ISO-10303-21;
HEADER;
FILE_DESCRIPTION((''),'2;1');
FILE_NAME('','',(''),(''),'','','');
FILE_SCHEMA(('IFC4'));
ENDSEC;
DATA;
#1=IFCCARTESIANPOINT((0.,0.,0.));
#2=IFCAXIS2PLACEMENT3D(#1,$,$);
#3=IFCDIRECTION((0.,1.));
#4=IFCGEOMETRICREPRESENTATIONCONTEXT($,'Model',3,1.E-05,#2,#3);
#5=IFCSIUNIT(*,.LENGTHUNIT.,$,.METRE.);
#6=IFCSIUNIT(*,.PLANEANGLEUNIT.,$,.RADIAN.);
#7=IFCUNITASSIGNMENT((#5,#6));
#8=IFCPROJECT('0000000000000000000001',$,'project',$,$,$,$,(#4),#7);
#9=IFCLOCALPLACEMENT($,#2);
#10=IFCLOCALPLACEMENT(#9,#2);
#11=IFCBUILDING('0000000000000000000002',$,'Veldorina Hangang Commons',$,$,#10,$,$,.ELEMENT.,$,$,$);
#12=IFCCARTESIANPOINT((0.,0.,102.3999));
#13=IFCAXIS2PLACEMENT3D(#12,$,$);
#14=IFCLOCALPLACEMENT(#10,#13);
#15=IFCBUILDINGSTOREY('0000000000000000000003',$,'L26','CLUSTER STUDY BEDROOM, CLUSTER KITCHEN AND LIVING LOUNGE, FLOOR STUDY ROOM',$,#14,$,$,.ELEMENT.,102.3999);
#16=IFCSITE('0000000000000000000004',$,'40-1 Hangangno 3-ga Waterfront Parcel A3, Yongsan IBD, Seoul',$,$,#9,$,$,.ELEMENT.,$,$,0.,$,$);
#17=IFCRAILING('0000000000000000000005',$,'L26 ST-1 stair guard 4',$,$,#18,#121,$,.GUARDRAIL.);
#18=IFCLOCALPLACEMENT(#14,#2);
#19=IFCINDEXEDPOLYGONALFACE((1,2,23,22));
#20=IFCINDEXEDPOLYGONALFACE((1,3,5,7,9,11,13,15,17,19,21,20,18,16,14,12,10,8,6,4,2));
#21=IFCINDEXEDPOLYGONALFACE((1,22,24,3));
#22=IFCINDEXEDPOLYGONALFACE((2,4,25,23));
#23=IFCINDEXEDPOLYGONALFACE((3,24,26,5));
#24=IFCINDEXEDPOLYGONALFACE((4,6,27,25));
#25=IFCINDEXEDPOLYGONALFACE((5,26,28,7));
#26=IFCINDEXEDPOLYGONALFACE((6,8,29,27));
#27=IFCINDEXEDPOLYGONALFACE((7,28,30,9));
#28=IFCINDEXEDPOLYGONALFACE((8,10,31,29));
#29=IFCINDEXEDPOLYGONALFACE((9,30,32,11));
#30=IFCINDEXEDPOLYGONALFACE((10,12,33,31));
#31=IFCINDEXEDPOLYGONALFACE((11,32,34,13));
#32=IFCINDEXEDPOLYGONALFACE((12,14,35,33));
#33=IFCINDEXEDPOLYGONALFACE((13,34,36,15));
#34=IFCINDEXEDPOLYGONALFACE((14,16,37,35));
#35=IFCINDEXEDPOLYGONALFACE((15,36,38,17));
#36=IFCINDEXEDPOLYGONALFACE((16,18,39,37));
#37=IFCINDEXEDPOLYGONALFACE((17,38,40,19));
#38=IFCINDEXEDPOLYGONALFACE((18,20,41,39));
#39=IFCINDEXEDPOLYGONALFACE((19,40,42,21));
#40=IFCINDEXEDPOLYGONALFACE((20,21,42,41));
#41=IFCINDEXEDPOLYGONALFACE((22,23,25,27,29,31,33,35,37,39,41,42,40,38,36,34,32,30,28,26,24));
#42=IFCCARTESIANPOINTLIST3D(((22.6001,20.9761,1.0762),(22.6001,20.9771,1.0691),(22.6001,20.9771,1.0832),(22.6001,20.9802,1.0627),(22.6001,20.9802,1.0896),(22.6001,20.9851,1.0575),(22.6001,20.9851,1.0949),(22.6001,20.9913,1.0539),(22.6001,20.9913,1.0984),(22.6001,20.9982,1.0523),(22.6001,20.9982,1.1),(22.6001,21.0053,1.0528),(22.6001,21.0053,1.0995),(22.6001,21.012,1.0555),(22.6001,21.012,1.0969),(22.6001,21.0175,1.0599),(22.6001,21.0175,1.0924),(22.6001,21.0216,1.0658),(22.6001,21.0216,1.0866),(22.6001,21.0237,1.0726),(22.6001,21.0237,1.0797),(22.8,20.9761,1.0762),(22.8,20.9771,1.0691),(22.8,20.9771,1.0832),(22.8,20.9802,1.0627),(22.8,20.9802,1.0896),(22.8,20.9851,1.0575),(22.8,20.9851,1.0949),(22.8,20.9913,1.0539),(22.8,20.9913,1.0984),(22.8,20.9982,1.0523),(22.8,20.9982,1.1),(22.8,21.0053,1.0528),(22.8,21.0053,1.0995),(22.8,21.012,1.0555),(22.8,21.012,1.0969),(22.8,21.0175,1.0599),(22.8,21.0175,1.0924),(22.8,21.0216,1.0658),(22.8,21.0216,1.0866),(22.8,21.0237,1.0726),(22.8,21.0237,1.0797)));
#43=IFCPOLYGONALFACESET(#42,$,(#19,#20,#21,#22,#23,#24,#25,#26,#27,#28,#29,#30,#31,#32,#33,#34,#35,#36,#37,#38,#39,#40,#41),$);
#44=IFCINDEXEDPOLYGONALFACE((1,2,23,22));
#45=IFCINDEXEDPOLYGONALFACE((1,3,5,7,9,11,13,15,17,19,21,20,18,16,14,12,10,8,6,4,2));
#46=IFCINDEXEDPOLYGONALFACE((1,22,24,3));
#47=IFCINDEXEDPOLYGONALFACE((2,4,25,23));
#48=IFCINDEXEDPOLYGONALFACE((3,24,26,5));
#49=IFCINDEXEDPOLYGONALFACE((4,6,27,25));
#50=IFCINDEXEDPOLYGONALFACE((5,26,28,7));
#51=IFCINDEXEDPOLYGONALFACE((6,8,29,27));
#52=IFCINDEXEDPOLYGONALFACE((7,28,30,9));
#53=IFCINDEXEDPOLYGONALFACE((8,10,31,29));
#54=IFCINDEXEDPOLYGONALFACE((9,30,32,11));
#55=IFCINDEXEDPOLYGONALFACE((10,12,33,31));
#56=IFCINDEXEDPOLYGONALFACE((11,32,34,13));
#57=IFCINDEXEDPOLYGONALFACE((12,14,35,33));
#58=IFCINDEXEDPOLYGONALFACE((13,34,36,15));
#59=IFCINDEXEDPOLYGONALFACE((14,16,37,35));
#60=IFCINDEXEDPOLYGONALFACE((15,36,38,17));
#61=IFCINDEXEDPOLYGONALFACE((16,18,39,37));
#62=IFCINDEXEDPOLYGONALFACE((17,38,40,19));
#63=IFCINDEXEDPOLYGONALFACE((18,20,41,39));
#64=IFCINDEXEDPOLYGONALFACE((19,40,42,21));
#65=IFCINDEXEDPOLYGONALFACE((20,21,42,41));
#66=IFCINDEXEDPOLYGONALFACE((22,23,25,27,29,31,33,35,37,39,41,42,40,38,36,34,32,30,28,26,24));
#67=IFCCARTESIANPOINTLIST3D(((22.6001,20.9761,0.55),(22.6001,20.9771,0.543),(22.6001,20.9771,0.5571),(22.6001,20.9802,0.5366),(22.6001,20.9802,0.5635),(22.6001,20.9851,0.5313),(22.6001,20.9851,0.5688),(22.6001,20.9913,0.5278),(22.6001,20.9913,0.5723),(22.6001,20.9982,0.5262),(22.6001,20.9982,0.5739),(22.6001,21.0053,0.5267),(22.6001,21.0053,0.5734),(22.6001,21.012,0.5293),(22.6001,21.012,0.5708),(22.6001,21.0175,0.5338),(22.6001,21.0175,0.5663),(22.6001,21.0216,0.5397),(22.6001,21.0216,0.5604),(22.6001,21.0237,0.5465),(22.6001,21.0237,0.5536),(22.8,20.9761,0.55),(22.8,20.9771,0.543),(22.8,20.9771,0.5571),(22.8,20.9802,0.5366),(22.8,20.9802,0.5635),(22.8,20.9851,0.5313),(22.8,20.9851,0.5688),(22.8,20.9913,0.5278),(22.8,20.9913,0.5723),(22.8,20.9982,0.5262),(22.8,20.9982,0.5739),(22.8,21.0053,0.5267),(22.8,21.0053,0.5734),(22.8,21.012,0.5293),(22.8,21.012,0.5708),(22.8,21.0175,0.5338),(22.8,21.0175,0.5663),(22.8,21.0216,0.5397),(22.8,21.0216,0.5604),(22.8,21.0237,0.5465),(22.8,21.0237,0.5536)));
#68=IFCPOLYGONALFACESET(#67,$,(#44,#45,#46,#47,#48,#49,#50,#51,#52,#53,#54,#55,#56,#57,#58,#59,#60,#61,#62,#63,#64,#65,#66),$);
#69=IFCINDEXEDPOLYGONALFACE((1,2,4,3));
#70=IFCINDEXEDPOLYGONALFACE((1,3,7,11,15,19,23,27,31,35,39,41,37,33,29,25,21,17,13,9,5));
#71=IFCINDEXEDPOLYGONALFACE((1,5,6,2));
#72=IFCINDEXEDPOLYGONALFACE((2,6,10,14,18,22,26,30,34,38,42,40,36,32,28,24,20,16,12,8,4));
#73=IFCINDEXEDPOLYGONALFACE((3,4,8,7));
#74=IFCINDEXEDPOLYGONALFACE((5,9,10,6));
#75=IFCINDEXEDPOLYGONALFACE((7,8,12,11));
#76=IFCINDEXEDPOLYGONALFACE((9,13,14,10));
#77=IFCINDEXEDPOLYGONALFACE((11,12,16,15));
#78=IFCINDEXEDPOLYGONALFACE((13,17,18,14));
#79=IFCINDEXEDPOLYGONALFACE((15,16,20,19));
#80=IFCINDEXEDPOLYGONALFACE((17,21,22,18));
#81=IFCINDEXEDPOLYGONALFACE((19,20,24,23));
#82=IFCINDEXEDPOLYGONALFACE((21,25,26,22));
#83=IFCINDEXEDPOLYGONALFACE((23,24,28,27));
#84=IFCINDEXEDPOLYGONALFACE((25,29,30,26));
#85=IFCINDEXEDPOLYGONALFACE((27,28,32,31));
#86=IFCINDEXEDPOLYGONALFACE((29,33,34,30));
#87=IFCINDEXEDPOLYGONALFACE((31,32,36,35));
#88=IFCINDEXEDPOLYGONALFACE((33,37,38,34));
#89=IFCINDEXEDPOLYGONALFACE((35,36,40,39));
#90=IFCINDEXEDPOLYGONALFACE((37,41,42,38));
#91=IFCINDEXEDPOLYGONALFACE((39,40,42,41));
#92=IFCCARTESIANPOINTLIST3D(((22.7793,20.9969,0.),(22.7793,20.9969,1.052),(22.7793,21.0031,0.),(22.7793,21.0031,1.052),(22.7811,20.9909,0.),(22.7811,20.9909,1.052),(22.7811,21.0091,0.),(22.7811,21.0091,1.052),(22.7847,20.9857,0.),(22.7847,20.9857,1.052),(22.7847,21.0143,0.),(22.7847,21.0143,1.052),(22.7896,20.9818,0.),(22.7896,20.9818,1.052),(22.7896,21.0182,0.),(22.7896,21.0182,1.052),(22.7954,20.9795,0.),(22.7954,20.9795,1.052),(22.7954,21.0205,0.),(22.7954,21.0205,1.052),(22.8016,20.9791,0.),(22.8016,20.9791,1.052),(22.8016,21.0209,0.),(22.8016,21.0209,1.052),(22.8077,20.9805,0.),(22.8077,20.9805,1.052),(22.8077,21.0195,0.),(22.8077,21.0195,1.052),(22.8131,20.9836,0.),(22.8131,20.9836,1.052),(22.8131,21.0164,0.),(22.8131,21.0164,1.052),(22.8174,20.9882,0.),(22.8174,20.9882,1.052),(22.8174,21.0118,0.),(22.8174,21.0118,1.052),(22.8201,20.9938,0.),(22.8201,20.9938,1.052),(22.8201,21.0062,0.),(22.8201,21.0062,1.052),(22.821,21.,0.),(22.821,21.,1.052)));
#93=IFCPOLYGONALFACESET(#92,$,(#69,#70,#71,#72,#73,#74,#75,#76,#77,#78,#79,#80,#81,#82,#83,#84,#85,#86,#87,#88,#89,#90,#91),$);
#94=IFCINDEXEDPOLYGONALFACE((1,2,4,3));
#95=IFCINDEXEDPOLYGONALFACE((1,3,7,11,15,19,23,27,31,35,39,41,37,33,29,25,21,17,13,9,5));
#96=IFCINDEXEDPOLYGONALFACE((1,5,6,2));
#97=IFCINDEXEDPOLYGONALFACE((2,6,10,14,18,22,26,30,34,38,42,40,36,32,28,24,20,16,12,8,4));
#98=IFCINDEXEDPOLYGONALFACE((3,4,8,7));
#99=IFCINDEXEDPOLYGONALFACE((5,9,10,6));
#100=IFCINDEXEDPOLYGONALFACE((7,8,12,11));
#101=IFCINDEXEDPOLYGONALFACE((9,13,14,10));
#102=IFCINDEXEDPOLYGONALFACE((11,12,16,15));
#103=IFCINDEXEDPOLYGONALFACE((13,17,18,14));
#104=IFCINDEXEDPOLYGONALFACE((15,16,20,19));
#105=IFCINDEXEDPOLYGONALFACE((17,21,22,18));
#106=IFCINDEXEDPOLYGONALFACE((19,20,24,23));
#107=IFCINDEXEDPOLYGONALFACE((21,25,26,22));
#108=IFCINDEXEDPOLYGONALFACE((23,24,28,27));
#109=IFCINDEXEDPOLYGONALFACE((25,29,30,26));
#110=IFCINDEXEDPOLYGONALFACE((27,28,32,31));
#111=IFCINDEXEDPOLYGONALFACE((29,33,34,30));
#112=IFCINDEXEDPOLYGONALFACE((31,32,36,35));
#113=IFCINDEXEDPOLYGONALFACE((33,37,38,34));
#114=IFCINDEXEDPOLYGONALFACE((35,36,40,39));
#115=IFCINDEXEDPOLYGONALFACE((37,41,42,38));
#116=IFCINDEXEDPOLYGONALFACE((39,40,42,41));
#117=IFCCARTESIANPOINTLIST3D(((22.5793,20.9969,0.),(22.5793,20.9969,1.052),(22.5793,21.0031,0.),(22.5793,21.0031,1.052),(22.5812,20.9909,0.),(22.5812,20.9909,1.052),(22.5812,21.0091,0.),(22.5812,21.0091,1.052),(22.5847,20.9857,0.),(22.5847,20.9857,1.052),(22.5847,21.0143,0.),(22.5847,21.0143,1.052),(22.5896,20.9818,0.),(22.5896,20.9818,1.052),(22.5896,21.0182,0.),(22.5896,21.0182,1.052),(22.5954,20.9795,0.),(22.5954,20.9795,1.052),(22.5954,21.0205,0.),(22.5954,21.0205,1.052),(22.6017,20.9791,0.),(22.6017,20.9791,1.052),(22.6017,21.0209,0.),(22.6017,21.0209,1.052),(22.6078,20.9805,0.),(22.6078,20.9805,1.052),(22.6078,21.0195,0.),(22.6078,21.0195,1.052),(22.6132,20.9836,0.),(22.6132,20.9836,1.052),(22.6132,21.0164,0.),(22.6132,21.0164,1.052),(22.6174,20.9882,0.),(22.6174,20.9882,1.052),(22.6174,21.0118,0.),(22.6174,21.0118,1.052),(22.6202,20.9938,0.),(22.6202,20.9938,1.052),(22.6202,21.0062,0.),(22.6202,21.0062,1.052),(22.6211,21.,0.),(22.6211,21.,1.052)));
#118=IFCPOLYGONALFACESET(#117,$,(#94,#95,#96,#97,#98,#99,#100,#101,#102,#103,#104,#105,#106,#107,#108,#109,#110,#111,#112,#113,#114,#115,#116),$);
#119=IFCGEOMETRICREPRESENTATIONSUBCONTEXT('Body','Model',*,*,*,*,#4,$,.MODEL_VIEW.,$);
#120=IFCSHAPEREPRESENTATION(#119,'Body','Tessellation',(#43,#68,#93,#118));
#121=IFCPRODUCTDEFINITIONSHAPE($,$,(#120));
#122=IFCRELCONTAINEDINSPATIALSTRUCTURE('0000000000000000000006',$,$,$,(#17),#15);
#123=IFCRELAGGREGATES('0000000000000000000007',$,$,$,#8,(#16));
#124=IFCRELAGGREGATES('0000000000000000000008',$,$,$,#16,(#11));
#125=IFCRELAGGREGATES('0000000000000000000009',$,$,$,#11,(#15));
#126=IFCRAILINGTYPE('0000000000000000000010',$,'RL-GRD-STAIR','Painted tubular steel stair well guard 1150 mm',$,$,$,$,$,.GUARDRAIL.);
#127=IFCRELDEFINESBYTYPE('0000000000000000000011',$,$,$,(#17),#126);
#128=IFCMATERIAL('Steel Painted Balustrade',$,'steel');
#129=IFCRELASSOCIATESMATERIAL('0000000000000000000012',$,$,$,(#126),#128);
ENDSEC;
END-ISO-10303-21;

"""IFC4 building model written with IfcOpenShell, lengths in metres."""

from ifc_helpers import new_model, si_unit, direction, frame, origin, origin_2d, place, context, subcontext, project, spatial, circle, extrude, material, type_object, element, save


model = new_model("IFC4")

# Units and contexts
model_context = context("Model", 3, precision=1e-05, world=origin(), true_north=direction((0.0, 1.0)))
body_context = subcontext(model_context, "Body", "Model", "MODEL_VIEW")
ifc_project = project(units=[si_unit("LENGTHUNIT", "METRE"), si_unit("PLANEANGLEUNIT", "RADIAN")], contexts=[model_context])

# Site, building, storey
site_placement = place(None, origin())
site = spatial("IfcSite", under=ifc_project, at=site_placement, Name="40-1 Hangangno 3-ga Waterfront Parcel A3, Yongsan IBD, Seoul", CompositionType="ELEMENT", RefElevation=0.0)
building_placement = place(site_placement, origin())
building = spatial("IfcBuilding", under=site, at=building_placement, Name="Veldorina Hangang Commons", CompositionType="ELEMENT")
storey_placement = place(building_placement, frame((0.0, 0.0, 102.3999)))
storey = spatial("IfcBuildingStorey", under=building, at=storey_placement, Name="L26", Description="CLUSTER STUDY BEDROOM, CLUSTER KITCHEN AND LIVING LOUNGE, FLOOR STUDY ROOM", CompositionType="ELEMENT", Elevation=102.3999)

# Railing
ifc_material_1 = material(Name="Steel Painted Balustrade", Category="steel")
railing_type_1 = type_object("IfcRailingType", Name="RL-GRD-STAIR", Description="Painted tubular steel stair well guard 1150 mm", PredefinedType="GUARDRAIL", material=ifc_material_1)
railing_1_placement = place(storey_placement, frame((22.8, 21.0, 0.0)))
element("IfcRailing", 1, at=railing_1_placement, inside=storey, type_object=railing_type_1, Name="L26 ST-1 stair guard 4", PredefinedType="GUARDRAIL", context=body_context, shape_type="SweptSolid", body=[
    extrude(circle(Radius=0.0239, at=origin_2d()), frame((0.0, 0.0, 1.0762), z_axis=(-1.0, 0.0, 0.0), x_axis=(0.0, -1.0, 0.0)), (0.0, 0.0, 1.0), 0.2),
    extrude(circle(Radius=0.0239, at=origin_2d()), frame((0.0, 0.0, 0.55), z_axis=(-1.0, 0.0, 0.0), x_axis=(0.0, -1.0, 0.0)), (0.0, 0.0, 1.0), 0.2),
    extrude(circle(Radius=0.021, at=origin_2d()), origin(), (0.0, 0.0, 1.0), 1.052),
    extrude(circle(Radius=0.021, at=origin_2d()), frame((-0.2, 0.0, 0.0)), (0.0, 0.0, 1.0), 1.052),
])

save(model, "model.ifc")
